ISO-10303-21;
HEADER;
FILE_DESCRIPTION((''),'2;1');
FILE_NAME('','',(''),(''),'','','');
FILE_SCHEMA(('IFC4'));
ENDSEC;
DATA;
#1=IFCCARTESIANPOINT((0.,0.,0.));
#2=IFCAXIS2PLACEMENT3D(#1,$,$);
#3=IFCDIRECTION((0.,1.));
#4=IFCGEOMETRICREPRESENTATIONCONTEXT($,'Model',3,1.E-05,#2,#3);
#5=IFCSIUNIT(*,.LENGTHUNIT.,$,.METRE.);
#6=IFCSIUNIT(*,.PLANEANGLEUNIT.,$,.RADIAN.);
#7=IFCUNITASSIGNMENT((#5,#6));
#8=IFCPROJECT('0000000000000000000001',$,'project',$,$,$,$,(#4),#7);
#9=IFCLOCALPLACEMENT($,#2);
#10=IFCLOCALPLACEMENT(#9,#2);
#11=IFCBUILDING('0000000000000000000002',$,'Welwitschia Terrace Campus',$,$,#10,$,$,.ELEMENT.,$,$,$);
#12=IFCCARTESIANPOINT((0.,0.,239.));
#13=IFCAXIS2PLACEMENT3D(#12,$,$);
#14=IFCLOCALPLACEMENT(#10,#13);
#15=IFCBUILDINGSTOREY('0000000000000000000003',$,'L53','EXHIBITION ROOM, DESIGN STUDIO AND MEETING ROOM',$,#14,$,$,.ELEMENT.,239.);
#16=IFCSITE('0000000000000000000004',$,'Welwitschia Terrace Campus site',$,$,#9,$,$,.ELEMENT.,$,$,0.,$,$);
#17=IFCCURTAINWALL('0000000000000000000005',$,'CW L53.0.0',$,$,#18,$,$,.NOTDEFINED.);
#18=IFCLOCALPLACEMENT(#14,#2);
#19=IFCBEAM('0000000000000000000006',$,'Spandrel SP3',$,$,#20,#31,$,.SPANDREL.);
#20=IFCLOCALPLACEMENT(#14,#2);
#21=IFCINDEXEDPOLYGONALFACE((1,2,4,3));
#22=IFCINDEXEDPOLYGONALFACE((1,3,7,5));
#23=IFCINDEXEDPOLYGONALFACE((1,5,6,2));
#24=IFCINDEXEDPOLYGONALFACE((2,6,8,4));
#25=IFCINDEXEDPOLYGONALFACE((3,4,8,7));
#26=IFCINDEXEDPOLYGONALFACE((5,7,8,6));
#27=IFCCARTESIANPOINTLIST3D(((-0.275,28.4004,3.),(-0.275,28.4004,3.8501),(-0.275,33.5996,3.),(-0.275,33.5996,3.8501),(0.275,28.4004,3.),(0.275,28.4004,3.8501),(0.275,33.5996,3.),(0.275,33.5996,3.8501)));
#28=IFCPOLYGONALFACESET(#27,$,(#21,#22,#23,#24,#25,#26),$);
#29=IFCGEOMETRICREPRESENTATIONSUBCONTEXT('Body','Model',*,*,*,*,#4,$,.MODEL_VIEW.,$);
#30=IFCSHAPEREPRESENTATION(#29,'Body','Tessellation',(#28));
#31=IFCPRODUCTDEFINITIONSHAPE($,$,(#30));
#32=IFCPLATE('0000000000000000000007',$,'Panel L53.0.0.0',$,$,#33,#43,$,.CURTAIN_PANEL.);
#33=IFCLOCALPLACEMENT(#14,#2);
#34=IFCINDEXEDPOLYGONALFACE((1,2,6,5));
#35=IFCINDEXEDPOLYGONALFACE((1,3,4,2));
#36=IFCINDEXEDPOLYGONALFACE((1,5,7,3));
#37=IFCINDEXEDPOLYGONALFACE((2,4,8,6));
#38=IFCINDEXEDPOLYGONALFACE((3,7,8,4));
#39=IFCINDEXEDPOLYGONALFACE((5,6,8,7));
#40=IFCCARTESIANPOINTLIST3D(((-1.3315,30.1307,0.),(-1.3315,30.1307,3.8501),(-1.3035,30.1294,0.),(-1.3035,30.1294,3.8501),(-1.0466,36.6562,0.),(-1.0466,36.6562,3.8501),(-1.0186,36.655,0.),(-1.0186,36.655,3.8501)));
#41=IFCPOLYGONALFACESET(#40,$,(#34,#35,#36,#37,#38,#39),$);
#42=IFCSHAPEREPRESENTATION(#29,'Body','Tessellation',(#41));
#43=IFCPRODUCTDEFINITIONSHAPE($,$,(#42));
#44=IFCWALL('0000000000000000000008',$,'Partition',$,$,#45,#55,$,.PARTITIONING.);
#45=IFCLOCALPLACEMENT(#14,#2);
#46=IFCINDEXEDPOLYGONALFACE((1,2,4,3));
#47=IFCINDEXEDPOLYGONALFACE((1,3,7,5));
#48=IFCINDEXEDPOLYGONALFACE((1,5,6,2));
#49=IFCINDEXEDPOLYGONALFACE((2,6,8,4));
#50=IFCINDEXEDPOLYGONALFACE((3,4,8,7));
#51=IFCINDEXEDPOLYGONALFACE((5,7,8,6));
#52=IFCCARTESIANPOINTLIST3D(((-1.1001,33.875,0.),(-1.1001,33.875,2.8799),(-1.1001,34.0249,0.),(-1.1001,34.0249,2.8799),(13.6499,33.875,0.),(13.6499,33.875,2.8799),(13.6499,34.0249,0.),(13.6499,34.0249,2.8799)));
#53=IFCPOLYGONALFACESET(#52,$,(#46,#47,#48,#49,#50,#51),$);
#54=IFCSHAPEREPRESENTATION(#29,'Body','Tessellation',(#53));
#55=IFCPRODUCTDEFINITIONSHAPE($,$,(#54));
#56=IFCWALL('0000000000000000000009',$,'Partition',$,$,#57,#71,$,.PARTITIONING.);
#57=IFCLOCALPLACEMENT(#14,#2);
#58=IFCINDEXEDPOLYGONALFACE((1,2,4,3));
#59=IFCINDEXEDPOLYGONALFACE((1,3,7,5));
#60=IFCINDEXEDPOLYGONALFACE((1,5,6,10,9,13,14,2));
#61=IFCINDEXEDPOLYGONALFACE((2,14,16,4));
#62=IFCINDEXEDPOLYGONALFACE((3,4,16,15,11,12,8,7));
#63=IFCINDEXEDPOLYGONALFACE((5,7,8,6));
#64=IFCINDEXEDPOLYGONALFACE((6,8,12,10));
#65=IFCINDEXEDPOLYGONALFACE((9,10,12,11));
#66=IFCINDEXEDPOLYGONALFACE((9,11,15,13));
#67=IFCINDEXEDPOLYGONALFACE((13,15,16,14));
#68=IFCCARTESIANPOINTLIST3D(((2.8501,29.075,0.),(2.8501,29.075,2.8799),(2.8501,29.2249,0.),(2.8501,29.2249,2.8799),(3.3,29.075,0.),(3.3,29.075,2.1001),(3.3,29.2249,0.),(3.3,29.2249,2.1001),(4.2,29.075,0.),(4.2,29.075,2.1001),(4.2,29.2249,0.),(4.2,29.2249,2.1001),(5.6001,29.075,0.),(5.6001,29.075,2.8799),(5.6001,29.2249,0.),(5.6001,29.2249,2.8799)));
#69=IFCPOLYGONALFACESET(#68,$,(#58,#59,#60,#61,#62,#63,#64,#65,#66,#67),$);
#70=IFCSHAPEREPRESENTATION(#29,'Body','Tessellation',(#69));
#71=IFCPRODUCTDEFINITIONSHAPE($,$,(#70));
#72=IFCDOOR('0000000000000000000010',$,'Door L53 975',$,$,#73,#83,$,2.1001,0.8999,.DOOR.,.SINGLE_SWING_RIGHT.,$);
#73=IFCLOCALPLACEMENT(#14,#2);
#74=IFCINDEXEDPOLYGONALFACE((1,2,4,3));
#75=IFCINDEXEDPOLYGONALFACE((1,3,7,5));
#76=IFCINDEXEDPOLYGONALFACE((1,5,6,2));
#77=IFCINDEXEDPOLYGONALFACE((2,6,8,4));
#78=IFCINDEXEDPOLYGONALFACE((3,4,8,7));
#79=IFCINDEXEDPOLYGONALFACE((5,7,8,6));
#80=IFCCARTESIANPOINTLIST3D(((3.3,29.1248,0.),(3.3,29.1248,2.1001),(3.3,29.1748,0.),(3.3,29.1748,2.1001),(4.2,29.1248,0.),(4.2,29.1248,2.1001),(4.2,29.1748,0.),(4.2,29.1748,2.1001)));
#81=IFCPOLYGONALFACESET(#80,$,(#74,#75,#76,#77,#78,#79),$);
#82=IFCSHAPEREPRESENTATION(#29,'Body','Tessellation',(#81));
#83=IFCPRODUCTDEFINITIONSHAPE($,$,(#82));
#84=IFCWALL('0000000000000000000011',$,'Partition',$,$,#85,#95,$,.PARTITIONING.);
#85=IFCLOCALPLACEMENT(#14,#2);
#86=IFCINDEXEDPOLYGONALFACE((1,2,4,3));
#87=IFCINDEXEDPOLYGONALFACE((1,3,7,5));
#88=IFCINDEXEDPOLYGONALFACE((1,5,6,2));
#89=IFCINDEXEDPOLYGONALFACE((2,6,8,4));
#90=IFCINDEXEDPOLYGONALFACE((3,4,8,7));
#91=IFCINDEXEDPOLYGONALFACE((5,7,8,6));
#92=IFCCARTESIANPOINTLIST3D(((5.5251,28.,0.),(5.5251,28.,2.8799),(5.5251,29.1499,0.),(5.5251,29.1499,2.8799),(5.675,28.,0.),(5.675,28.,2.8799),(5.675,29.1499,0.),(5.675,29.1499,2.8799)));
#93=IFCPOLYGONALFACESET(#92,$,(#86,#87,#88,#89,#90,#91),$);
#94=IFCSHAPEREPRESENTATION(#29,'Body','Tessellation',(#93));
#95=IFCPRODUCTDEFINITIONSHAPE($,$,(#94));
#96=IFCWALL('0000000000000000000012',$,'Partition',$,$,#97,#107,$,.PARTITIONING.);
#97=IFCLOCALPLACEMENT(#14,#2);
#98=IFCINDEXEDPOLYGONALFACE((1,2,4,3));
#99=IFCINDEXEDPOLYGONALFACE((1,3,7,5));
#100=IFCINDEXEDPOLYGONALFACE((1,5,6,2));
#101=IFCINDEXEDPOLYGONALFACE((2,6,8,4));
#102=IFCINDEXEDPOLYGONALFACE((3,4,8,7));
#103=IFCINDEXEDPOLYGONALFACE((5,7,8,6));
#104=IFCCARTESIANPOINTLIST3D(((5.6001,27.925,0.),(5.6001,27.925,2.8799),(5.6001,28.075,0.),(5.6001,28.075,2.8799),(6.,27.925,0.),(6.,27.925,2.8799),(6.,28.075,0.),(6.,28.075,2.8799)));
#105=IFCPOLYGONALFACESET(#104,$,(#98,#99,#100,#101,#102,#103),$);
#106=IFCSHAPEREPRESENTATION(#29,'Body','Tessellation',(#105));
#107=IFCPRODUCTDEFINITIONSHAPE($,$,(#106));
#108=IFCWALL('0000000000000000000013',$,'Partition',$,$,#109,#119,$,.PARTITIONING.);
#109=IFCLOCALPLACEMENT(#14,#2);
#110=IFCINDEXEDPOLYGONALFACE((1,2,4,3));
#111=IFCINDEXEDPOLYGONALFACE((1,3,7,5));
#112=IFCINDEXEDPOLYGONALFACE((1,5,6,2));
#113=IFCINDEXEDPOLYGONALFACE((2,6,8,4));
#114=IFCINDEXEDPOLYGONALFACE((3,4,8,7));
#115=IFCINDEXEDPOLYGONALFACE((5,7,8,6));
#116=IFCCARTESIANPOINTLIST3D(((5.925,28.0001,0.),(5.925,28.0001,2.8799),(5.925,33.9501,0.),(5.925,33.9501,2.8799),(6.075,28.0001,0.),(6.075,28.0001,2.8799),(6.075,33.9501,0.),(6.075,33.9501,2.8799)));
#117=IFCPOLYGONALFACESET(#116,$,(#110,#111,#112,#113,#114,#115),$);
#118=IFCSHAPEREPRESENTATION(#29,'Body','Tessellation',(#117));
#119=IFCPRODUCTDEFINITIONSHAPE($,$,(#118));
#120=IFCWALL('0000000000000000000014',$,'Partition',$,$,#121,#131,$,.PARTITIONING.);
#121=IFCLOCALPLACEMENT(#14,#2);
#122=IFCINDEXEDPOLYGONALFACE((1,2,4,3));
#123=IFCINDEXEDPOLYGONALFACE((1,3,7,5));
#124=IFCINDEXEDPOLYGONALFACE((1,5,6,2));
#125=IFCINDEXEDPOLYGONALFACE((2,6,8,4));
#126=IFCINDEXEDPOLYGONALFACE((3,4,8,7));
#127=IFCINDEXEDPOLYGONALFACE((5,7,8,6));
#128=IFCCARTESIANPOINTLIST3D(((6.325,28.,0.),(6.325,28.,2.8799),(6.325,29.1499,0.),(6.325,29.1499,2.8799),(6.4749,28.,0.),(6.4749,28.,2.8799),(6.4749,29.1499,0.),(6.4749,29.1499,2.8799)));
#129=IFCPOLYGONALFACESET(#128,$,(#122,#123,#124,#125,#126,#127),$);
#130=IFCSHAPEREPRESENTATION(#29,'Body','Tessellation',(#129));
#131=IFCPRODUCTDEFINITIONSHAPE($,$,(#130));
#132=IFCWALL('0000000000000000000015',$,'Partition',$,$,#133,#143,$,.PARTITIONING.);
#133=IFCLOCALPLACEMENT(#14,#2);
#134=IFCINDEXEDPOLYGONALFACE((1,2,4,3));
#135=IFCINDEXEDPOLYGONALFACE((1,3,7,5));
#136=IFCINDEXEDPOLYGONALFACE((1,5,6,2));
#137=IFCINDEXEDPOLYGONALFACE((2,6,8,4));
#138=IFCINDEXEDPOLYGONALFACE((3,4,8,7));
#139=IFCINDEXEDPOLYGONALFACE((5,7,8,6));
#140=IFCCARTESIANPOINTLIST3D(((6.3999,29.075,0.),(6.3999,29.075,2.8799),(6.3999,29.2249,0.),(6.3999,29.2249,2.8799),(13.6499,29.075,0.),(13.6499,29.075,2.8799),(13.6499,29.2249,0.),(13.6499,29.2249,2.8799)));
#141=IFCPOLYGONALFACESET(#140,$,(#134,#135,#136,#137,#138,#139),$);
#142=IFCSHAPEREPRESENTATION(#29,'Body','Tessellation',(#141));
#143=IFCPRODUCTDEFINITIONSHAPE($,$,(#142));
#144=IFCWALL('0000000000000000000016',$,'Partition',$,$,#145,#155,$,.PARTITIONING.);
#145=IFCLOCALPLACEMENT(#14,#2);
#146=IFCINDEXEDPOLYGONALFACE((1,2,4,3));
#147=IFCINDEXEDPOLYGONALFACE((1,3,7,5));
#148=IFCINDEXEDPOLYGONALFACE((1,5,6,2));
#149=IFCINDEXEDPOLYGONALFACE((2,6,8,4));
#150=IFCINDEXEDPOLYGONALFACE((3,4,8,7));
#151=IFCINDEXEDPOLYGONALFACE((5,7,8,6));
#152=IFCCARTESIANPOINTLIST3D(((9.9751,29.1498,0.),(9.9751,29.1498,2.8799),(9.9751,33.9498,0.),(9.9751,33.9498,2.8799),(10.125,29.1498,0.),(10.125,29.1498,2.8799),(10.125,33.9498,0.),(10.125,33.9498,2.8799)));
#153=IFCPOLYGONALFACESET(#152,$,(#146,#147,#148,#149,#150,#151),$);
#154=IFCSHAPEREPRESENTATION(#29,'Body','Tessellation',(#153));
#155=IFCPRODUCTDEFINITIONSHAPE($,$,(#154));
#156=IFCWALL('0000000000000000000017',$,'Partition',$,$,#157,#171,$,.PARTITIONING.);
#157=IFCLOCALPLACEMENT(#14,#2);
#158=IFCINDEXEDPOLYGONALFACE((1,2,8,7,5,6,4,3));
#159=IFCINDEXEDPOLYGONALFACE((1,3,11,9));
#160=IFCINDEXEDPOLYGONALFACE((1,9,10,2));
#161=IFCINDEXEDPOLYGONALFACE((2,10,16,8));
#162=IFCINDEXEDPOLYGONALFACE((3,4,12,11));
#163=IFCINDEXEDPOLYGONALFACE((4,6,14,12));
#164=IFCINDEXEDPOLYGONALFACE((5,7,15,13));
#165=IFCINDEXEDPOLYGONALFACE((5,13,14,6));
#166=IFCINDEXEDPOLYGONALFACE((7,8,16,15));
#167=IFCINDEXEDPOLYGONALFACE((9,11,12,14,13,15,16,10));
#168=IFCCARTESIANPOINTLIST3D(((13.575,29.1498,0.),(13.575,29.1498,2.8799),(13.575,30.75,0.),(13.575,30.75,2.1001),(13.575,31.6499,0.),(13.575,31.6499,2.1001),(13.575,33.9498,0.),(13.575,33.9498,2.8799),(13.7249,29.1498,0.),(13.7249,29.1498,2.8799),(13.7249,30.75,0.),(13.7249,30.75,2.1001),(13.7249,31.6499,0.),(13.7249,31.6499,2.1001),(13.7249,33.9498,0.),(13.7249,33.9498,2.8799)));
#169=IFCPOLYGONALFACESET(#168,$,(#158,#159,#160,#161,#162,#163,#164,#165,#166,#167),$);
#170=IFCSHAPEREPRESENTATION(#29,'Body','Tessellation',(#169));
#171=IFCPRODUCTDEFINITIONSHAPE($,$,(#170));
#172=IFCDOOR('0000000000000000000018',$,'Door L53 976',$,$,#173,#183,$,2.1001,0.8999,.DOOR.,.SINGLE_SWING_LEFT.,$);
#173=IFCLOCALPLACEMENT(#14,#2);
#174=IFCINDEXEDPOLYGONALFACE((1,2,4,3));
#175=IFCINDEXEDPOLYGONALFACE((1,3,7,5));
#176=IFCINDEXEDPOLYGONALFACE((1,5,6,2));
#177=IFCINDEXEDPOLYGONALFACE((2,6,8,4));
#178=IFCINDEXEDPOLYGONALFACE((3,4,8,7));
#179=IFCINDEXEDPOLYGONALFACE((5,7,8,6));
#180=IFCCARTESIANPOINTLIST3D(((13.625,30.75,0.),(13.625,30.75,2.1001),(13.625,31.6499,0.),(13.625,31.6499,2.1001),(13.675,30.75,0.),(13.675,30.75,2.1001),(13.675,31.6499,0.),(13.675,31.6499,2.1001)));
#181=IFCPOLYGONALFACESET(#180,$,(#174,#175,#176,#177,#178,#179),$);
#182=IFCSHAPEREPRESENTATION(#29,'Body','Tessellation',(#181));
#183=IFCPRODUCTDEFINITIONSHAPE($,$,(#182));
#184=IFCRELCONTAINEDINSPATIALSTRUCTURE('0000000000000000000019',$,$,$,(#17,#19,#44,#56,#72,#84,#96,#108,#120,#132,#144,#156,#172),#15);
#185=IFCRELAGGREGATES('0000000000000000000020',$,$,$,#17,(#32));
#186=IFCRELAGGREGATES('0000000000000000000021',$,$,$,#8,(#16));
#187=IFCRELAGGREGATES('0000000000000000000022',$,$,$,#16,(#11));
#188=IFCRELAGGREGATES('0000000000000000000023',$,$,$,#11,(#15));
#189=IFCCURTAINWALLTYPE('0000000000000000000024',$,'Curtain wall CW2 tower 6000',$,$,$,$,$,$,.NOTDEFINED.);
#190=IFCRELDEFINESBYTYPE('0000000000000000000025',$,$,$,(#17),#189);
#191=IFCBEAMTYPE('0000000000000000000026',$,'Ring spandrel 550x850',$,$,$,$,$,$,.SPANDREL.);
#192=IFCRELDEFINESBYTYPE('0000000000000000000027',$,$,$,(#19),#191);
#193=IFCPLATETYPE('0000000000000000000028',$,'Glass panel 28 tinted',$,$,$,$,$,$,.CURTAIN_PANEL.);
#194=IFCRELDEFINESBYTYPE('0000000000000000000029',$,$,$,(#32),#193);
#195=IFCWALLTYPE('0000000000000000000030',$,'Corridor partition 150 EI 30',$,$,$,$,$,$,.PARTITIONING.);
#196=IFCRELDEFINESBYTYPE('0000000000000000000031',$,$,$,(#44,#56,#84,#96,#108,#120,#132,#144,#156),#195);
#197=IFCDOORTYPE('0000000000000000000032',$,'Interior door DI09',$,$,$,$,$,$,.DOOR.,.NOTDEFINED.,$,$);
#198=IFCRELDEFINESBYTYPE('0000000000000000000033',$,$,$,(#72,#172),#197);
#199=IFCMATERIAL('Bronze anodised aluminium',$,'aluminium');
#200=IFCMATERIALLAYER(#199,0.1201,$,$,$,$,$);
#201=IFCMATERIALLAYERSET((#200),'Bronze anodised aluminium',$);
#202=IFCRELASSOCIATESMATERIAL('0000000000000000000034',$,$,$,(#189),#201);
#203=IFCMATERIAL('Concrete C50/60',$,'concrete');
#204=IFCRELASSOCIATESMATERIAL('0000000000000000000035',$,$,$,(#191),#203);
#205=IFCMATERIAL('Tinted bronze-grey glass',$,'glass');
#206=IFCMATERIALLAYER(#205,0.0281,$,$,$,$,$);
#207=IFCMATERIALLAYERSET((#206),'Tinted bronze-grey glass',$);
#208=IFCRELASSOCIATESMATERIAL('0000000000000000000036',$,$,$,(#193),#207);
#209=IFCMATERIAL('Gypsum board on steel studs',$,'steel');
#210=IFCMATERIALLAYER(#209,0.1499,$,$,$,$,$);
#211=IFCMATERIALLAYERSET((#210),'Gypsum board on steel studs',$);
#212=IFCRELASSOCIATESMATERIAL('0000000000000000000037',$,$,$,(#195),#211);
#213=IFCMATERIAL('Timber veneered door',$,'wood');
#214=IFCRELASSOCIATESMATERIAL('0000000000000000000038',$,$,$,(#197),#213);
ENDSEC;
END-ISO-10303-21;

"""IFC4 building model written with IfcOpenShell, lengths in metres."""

from ifc_helpers import new_model, si_unit, direction, frame, frame_2d, origin, origin_2d, place, context, subcontext, project, spatial, rectangle, extrude, material, layer, layer_set, material_profile, profile_set, type_object, element, fill, aggregate, save


model = new_model("IFC4")

# Units and contexts
model_context = context("Model", 3, precision=1e-05, world=origin(), true_north=direction((0.0, 1.0)))
body_context = subcontext(model_context, "Body", "Model", "MODEL_VIEW")
ifc_project = project(units=[si_unit("LENGTHUNIT", "METRE"), si_unit("PLANEANGLEUNIT", "RADIAN")], contexts=[model_context])

# Site, building, storey
site_placement = place(None, origin())
site = spatial("IfcSite", under=ifc_project, at=site_placement, Name="Welwitschia Terrace Campus site", CompositionType="ELEMENT", RefElevation=0.0)
building_placement = place(site_placement, origin())
building = spatial("IfcBuilding", under=site, at=building_placement, Name="Welwitschia Terrace Campus", CompositionType="ELEMENT")
storey_placement = place(building_placement, frame((0.0, 0.0, 239.0)))
storey = spatial("IfcBuildingStorey", under=building, at=storey_placement, Name="L53", Description="EXHIBITION ROOM, DESIGN STUDIO AND MEETING ROOM", CompositionType="ELEMENT", Elevation=239.0)

# Curtain wall
ifc_material_1 = material(Name="Bronze anodised aluminium", Category="aluminium")
ifc_layer_1 = layer(ifc_material_1, 0.1201)
ifc_layer_set_1 = layer_set([ifc_layer_1], Name="Bronze anodised aluminium")
curtain_wall_type = type_object("IfcCurtainWallType", Name="Curtain wall CW2 tower 6000", PredefinedType="NOTDEFINED", material=ifc_layer_set_1)
curtain_wall_placement = place(storey_placement, origin())
curtain_wall = element("IfcCurtainWall", 1, at=curtain_wall_placement, inside=storey, type_object=curtain_wall_type, Name="CW L53.0.0", PredefinedType="NOTDEFINED")

# Beam
ifc_material_2 = material(Name="Concrete C50/60", Category="concrete")
ifc_material_profile_1 = material_profile(ifc_material_2, rectangle(XDim=0.55, YDim=0.8501, at=origin_2d()))
ifc_profile_set_1 = profile_set([ifc_material_profile_1], Name="Concrete C50/60")
beam_type_1 = type_object("IfcBeamType", Name="Ring spandrel 550x850", PredefinedType="SPANDREL", material=ifc_profile_set_1)
beam_1_placement = place(storey_placement, frame((0.0, 33.5996, 3.425), z_axis=(0.0, -1.0, 0.0), x_axis=(1.0, 0.0, 0.0)))
element("IfcBeam", 2, at=beam_1_placement, inside=storey, type_object=beam_type_1, Name="Spandrel SP3", PredefinedType="SPANDREL", context=body_context, shape_type="SweptSolid", body=[
    extrude(rectangle(XDim=0.55, YDim=0.8501, at=origin_2d()), origin(), (0.0, 0.0, 1.0), 5.1992),
])

# Plate
ifc_material_3 = material(Name="Tinted bronze-grey glass", Category="glass")
ifc_layer_2 = layer(ifc_material_3, 0.0281)
ifc_layer_set_2 = layer_set([ifc_layer_2], Name="Tinted bronze-grey glass")
plate_type = type_object("IfcPlateType", Name="Glass panel 28 tinted", PredefinedType="CURTAIN_PANEL", material=ifc_layer_set_2)
plate_placement = place(storey_placement, frame((-1.175, 33.3928, 0.0), z_axis=(0.0, 0.0, 1.0), x_axis=(-0.043619, -0.999048, 0.0)))
plate = element("IfcPlate", 3, at=plate_placement, type_object=plate_type, Name="Panel L53.0.0.0", PredefinedType="CURTAIN_PANEL", context=body_context, shape_type="SweptSolid", body=[
    extrude(rectangle(XDim=6.5317, YDim=0.0281, at=origin_2d()), origin(), (0.0, 0.0, 1.0), 3.8501),
])
aggregate(curtain_wall, [plate])

# Wall
ifc_material_4 = material(Name="Gypsum board on steel studs", Category="steel")
ifc_layer_3 = layer(ifc_material_4, 0.1499)
ifc_layer_set_3 = layer_set([ifc_layer_3], Name="Gypsum board on steel studs")
wall_type = type_object("IfcWallType", Name="Corridor partition 150 EI 30", PredefinedType="PARTITIONING", material=ifc_layer_set_3)
wall_1_placement = place(storey_placement, frame((-1.1001, 33.95, 0.0), z_axis=(0.0, 0.0, 1.0), x_axis=(1.0, 0.0, 0.0)))
element("IfcWall", 4, at=wall_1_placement, inside=storey, type_object=wall_type, Name="Partition", PredefinedType="PARTITIONING", context=body_context, shape_type="SweptSolid", body=[
    extrude(rectangle(XDim=14.75, YDim=0.1499, at=frame_2d((7.375, 0.0))), origin(), (0.0, 0.0, 1.0), 2.8799),
])

# Wall, opening, door
wall_2_placement = place(storey_placement, frame((2.8501, 29.1499, 0.0), z_axis=(0.0, 0.0, 1.0), x_axis=(1.0, 0.0, 0.0)))
wall_2 = element("IfcWall", 5, at=wall_2_placement, inside=storey, type_object=wall_type, Name="Partition", PredefinedType="PARTITIONING", context=body_context, shape_type="SweptSolid", body=[
    extrude(rectangle(XDim=2.75, YDim=0.1499, at=frame_2d((1.375, 0.0))), origin(), (0.0, 0.0, 1.0), 2.8799),
])
opening_1_placement = place(wall_2_placement, frame((0.45, 0.0, 0.0)))
opening_1 = element("IfcOpeningElement", 6, at=opening_1_placement, cuts=wall_2, PredefinedType="OPENING", context=body_context, shape_type="SweptSolid", body=[
    extrude(rectangle(XDim=0.8999, YDim=2.1001, at=frame_2d((0.45, 1.05))), frame((0.0, 0.085, 0.0), z_axis=(0.0, -1.0, 0.0), x_axis=(1.0, 0.0, 0.0)), (0.0, 0.0, 1.0), 0.1699),
])
ifc_material_5 = material(Name="Timber veneered door", Category="wood")
door_type_1 = type_object("IfcDoorType", Name="Interior door DI09", OperationType="NOTDEFINED", PredefinedType="DOOR", material=ifc_material_5)
door_1_placement = place(opening_1_placement, origin())
door_1 = element("IfcDoor", 7, at=door_1_placement, inside=storey, type_object=door_type_1, Name="Door L53 975", OperationType="SINGLE_SWING_RIGHT", OverallHeight=2.1001, OverallWidth=0.8999, PredefinedType="DOOR", context=body_context, shape_type="SweptSolid", body=[
    extrude(rectangle(XDim=0.8999, YDim=2.1001, at=frame_2d((0.45, 1.05))), frame((0.0, 0.0249, 0.0), z_axis=(0.0, -1.0, 0.0), x_axis=(1.0, 0.0, 0.0)), (0.0, 0.0, 1.0), 0.05),
])
fill(opening_1, door_1)

# Walls
wall_3_placement = place(storey_placement, frame((5.6001, 28.0, 0.0), z_axis=(0.0, 0.0, 1.0), x_axis=(0.0, 1.0, 0.0)))
element("IfcWall", 8, at=wall_3_placement, inside=storey, type_object=wall_type, Name="Partition", PredefinedType="PARTITIONING", context=body_context, shape_type="SweptSolid", body=[
    extrude(rectangle(XDim=1.1499, YDim=0.1499, at=frame_2d((0.575, 0.0))), origin(), (0.0, 0.0, 1.0), 2.8799),
])
wall_4_placement = place(storey_placement, frame((5.6001, 28.0, 0.0), z_axis=(0.0, 0.0, 1.0), x_axis=(1.0, 0.0, 0.0)))
element("IfcWall", 9, at=wall_4_placement, inside=storey, type_object=wall_type, Name="Partition", PredefinedType="PARTITIONING", context=body_context, shape_type="SweptSolid", body=[
    extrude(rectangle(XDim=0.3999, YDim=0.1499, at=frame_2d((0.2, 0.0))), origin(), (0.0, 0.0, 1.0), 2.8799),
])
wall_5_placement = place(storey_placement, frame((6.0, 28.0, 0.0), z_axis=(0.0, 0.0, 1.0), x_axis=(0.0, 1.0, 0.0)))
element("IfcWall", 10, at=wall_5_placement, inside=storey, type_object=wall_type, Name="Partition", PredefinedType="PARTITIONING", context=body_context, shape_type="SweptSolid", body=[
    extrude(rectangle(XDim=5.95, YDim=0.1499, at=frame_2d((2.9751, 0.0))), origin(), (0.0, 0.0, 1.0), 2.8799),
])
wall_6_placement = place(storey_placement, frame((6.3999, 28.0, 0.0), z_axis=(0.0, 0.0, 1.0), x_axis=(0.0, 1.0, 0.0)))
element("IfcWall", 11, at=wall_6_placement, inside=storey, type_object=wall_type, Name="Partition", PredefinedType="PARTITIONING", context=body_context, shape_type="SweptSolid", body=[
    extrude(rectangle(XDim=1.1499, YDim=0.1499, at=frame_2d((0.575, 0.0))), origin(), (0.0, 0.0, 1.0), 2.8799),
])
wall_7_placement = place(storey_placement, frame((6.3999, 29.1499, 0.0), z_axis=(0.0, 0.0, 1.0), x_axis=(1.0, 0.0, 0.0)))
element("IfcWall", 12, at=wall_7_placement, inside=storey, type_object=wall_type, Name="Partition", PredefinedType="PARTITIONING", context=body_context, shape_type="SweptSolid", body=[
    extrude(rectangle(XDim=7.25, YDim=0.1499, at=frame_2d((3.625, 0.0))), origin(), (0.0, 0.0, 1.0), 2.8799),
])
wall_8_placement = place(storey_placement, frame((10.05, 29.1499, 0.0), z_axis=(0.0, 0.0, 1.0), x_axis=(0.0, 1.0, 0.0)))
element("IfcWall", 13, at=wall_8_placement, inside=storey, type_object=wall_type, Name="Partition", PredefinedType="PARTITIONING", context=body_context, shape_type="SweptSolid", body=[
    extrude(rectangle(XDim=4.8, YDim=0.1499, at=frame_2d((2.3999, 0.0))), origin(), (0.0, 0.0, 1.0), 2.8799),
])

# Wall, opening, door
wall_9_placement = place(storey_placement, frame((13.6499, 29.1499, 0.0), z_axis=(0.0, 0.0, 1.0), x_axis=(0.0, 1.0, 0.0)))
wall_9 = element("IfcWall", 14, at=wall_9_placement, inside=storey, type_object=wall_type, Name="Partition", PredefinedType="PARTITIONING", context=body_context, shape_type="SweptSolid", body=[
    extrude(rectangle(XDim=4.8, YDim=0.1499, at=frame_2d((2.3999, 0.0))), origin(), (0.0, 0.0, 1.0), 2.8799),
])
opening_2_placement = place(wall_9_placement, frame((1.6001, 0.0, 0.0)))
opening_2 = element("IfcOpeningElement", 15, at=opening_2_placement, cuts=wall_9, PredefinedType="OPENING", context=body_context, shape_type="SweptSolid", body=[
    extrude(rectangle(XDim=0.8999, YDim=2.1001, at=frame_2d((0.45, 1.05))), frame((0.0, 0.085, 0.0), z_axis=(0.0, -1.0, 0.0), x_axis=(1.0, 0.0, 0.0)), (0.0, 0.0, 1.0), 0.1699),
])
door_2_placement = place(opening_2_placement, origin())
door_2 = element("IfcDoor", 16, at=door_2_placement, inside=storey, type_object=door_type_1, Name="Door L53 976", OperationType="SINGLE_SWING_LEFT", OverallHeight=2.1001, OverallWidth=0.8999, PredefinedType="DOOR", context=body_context, shape_type="SweptSolid", body=[
    extrude(rectangle(XDim=0.8999, YDim=2.1001, at=frame_2d((0.45, 1.05))), frame((0.0, 0.0249, 0.0), z_axis=(0.0, -1.0, 0.0), x_axis=(1.0, 0.0, 0.0)), (0.0, 0.0, 1.0), 0.05),
])
fill(opening_2, door_2)

save(model, "model.ifc")
